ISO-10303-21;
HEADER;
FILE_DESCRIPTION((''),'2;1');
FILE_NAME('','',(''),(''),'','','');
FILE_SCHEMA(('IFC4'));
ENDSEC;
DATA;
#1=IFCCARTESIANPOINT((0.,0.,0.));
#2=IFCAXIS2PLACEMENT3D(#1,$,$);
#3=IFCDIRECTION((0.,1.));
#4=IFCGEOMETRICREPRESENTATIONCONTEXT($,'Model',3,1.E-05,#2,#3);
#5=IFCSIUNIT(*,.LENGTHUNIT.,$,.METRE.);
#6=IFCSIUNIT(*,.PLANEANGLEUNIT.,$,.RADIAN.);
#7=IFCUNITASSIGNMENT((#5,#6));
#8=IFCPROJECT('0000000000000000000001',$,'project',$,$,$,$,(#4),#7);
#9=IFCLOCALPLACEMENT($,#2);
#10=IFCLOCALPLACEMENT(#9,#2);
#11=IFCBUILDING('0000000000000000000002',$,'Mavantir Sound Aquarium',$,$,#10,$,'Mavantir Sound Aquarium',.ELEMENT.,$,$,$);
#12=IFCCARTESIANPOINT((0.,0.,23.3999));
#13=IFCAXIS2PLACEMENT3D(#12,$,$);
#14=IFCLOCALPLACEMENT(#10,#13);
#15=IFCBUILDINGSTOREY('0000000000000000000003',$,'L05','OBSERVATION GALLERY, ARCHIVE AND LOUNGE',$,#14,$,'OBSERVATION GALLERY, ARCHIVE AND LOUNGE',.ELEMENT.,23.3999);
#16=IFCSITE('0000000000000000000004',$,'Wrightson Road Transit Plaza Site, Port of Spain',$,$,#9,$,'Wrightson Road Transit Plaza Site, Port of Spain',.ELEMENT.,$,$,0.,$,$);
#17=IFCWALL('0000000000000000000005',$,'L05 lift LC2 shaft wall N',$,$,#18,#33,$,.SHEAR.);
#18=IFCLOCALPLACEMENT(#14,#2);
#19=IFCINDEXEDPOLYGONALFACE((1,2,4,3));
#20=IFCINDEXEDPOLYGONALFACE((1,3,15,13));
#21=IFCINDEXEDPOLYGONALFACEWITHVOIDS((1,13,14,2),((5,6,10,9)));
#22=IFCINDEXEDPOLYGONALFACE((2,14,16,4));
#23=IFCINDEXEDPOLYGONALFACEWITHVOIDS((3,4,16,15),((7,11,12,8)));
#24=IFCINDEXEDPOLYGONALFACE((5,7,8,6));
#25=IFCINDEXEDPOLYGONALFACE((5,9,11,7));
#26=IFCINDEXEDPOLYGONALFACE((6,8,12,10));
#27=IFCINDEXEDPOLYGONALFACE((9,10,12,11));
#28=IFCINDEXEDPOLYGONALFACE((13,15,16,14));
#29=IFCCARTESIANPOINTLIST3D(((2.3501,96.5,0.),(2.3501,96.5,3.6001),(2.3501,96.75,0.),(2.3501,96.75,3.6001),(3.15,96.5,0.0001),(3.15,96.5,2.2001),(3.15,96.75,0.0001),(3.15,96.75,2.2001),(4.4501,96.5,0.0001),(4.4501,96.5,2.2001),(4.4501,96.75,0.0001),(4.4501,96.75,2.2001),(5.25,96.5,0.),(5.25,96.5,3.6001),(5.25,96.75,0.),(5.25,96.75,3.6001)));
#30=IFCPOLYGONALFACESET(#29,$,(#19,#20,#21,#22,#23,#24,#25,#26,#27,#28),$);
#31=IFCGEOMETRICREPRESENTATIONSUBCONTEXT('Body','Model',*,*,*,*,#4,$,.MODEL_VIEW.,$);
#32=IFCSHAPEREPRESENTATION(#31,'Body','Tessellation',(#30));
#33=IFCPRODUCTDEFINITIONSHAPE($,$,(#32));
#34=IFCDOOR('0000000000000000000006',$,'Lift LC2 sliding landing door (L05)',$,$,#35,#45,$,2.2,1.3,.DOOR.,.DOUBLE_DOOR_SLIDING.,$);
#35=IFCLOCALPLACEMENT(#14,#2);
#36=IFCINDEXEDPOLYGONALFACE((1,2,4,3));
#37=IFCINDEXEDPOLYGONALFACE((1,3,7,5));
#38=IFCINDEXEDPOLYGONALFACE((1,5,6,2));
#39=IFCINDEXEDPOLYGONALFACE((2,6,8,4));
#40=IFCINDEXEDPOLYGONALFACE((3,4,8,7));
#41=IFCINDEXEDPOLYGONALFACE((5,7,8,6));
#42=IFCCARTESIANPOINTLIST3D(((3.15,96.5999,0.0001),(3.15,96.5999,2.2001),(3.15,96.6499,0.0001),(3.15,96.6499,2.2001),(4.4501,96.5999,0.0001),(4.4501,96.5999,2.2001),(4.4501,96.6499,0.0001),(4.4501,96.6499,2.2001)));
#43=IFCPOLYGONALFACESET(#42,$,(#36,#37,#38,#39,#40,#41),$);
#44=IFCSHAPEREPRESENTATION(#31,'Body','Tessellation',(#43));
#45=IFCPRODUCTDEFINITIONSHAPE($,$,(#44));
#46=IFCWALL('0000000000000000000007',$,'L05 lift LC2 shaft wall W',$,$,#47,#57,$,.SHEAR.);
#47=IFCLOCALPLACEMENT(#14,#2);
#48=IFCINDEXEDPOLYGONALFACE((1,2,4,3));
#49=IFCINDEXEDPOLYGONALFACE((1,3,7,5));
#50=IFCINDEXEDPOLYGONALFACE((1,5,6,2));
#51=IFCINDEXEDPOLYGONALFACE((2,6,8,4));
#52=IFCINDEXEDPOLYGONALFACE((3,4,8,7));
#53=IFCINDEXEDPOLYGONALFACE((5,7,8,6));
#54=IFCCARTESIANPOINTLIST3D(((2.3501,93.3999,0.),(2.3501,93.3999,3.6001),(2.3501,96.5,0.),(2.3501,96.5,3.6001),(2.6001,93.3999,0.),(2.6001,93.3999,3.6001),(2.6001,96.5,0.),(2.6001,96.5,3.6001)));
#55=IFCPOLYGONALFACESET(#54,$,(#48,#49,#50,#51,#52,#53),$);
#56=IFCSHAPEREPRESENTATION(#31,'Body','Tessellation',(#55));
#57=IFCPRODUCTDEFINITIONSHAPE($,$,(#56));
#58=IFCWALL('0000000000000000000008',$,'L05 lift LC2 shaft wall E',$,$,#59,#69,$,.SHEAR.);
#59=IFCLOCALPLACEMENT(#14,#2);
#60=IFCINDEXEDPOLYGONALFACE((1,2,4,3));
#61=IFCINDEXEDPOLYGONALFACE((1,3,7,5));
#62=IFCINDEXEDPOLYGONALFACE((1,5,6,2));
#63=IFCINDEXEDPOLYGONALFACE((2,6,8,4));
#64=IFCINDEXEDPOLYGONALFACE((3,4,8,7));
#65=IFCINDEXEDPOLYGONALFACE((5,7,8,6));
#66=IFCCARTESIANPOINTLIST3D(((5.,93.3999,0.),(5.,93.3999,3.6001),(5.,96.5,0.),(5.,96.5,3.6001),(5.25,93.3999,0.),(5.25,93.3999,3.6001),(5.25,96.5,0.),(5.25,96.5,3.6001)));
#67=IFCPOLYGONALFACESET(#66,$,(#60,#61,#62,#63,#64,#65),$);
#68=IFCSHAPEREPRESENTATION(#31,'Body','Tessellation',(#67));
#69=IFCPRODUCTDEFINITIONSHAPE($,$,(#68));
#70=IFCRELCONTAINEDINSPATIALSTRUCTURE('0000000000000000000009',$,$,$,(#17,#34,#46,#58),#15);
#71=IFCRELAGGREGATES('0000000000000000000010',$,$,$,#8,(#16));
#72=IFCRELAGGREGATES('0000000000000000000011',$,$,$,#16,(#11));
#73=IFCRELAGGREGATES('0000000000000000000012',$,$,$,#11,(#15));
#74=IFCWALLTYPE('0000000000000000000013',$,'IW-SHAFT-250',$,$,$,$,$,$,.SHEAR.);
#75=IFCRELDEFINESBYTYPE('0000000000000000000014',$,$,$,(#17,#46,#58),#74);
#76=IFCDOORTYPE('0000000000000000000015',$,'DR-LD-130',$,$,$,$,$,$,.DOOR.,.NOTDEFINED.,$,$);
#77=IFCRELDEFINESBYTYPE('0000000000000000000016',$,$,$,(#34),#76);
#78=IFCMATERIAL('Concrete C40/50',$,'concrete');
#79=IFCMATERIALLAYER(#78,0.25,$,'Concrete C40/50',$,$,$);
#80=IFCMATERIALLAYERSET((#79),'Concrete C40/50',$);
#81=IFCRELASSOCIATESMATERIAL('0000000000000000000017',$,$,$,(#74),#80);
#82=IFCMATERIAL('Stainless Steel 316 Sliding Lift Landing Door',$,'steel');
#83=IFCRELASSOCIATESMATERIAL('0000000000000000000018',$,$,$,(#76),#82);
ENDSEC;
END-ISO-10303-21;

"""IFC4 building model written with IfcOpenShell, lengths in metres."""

from ifc_helpers import new_model, si_unit, direction, frame, frame_2d, origin, place, context, subcontext, project, spatial, rectangle, extrude, material, layer, layer_set, type_object, element, fill, save


model = new_model("IFC4")

# Units and contexts
model_context = context("Model", 3, precision=1e-05, world=origin(), true_north=direction((0.0, 1.0)))
body_context = subcontext(model_context, "Body", "Model", "MODEL_VIEW")
ifc_project = project(units=[si_unit("LENGTHUNIT", "METRE"), si_unit("PLANEANGLEUNIT", "RADIAN")], contexts=[model_context])

# Site, building, storey
site_placement = place(None, origin())
site = spatial("IfcSite", under=ifc_project, at=site_placement, Name="Wrightson Road Transit Plaza Site, Port of Spain", LongName="Wrightson Road Transit Plaza Site, Port of Spain", CompositionType="ELEMENT", RefElevation=0.0)
building_placement = place(site_placement, origin())
building = spatial("IfcBuilding", under=site, at=building_placement, Name="Mavantir Sound Aquarium", LongName="Mavantir Sound Aquarium", CompositionType="ELEMENT")
storey_placement = place(building_placement, frame((0.0, 0.0, 23.3999)))
storey = spatial("IfcBuildingStorey", under=building, at=storey_placement, Name="L05", Description="OBSERVATION GALLERY, ARCHIVE AND LOUNGE", LongName="OBSERVATION GALLERY, ARCHIVE AND LOUNGE", CompositionType="ELEMENT", Elevation=23.3999)

# Shared definitions
ifc_material_1 = material(Name="Concrete C40/50", Category="concrete")

# Shared definitions
ifc_layer_1 = layer(ifc_material_1, 0.25, Name="Concrete C40/50")
ifc_layer_set_1 = layer_set([ifc_layer_1], Name="Concrete C40/50")
wall_type_1 = type_object("IfcWallType", Name="IW-SHAFT-250", PredefinedType="SHEAR", material=ifc_layer_set_1)

# Wall, opening, door
wall_1_placement = place(storey_placement, frame((2.3501, 96.625, 0.0), z_axis=(0.0, 0.0, 1.0), x_axis=(1.0, 0.0, 0.0)))
wall_1 = element("IfcWall", 1, at=wall_1_placement, inside=storey, type_object=wall_type_1, Name="L05 lift LC2 shaft wall N", PredefinedType="SHEAR", context=body_context, shape_type="SweptSolid", body=[
    extrude(rectangle(XDim=2.8999, YDim=0.25, at=frame_2d((1.45, 0.0))), origin(), (0.0, 0.0, 1.0), 3.6001),
])
opening_1_placement = place(wall_1_placement, frame((0.8, 0.0, 0.0)))
opening_1 = element("IfcOpeningElement", 2, at=opening_1_placement, cuts=wall_1, PredefinedType="OPENING", context=body_context, shape_type="SweptSolid", body=[
    extrude(rectangle(XDim=1.3, YDim=2.2, at=frame_2d((0.6499, 1.1001))), frame((0.0, 0.135, 0.0), z_axis=(0.0, -1.0, 0.0), x_axis=(1.0, 0.0, 0.0)), (0.0, 0.0, 1.0), 0.27),
])
ifc_material_2 = material(Name="Stainless Steel 316 Sliding Lift Landing Door", Category="steel")
door_type_1 = type_object("IfcDoorType", Name="DR-LD-130", OperationType="NOTDEFINED", PredefinedType="DOOR", material=ifc_material_2)
door_1_placement = place(opening_1_placement, origin())
door_1 = element("IfcDoor", 3, at=door_1_placement, inside=storey, type_object=door_type_1, Name="Lift LC2 sliding landing door (L05)", OperationType="DOUBLE_DOOR_SLIDING", OverallHeight=2.2, OverallWidth=1.3, PredefinedType="DOOR", context=body_context, shape_type="SweptSolid", body=[
    extrude(rectangle(XDim=1.3, YDim=2.2, at=frame_2d((0.6499, 1.1001))), frame((0.0, 0.0249, 0.0), z_axis=(0.0, -1.0, 0.0), x_axis=(1.0, 0.0, 0.0)), (0.0, 0.0, 1.0), 0.05),
])
fill(opening_1, door_1)

# Walls
for number, where, z_axis, x_axis, name in (
    (4, (2.4751, 93.3999, 0.0), (0.0, 0.0, 1.0), (0.0, 1.0, 0.0), "L05 lift LC2 shaft wall W"),
    (5, (5.125, 93.3999, 0.0), (0.0, 0.0, 1.0), (0.0, 1.0, 0.0), "L05 lift LC2 shaft wall E"),
):
    element("IfcWall", number, at=place(storey_placement, frame(where, z_axis=z_axis, x_axis=x_axis)), inside=storey, type_object=wall_type_1, Name=name, PredefinedType="SHEAR", context=body_context, shape_type="SweptSolid", body=[
        extrude(rectangle(XDim=3.1001, YDim=0.25, at=frame_2d((1.55, 0.0))), origin(), (0.0, 0.0, 1.0), 3.6001),
    ])

save(model, "model.ifc")
